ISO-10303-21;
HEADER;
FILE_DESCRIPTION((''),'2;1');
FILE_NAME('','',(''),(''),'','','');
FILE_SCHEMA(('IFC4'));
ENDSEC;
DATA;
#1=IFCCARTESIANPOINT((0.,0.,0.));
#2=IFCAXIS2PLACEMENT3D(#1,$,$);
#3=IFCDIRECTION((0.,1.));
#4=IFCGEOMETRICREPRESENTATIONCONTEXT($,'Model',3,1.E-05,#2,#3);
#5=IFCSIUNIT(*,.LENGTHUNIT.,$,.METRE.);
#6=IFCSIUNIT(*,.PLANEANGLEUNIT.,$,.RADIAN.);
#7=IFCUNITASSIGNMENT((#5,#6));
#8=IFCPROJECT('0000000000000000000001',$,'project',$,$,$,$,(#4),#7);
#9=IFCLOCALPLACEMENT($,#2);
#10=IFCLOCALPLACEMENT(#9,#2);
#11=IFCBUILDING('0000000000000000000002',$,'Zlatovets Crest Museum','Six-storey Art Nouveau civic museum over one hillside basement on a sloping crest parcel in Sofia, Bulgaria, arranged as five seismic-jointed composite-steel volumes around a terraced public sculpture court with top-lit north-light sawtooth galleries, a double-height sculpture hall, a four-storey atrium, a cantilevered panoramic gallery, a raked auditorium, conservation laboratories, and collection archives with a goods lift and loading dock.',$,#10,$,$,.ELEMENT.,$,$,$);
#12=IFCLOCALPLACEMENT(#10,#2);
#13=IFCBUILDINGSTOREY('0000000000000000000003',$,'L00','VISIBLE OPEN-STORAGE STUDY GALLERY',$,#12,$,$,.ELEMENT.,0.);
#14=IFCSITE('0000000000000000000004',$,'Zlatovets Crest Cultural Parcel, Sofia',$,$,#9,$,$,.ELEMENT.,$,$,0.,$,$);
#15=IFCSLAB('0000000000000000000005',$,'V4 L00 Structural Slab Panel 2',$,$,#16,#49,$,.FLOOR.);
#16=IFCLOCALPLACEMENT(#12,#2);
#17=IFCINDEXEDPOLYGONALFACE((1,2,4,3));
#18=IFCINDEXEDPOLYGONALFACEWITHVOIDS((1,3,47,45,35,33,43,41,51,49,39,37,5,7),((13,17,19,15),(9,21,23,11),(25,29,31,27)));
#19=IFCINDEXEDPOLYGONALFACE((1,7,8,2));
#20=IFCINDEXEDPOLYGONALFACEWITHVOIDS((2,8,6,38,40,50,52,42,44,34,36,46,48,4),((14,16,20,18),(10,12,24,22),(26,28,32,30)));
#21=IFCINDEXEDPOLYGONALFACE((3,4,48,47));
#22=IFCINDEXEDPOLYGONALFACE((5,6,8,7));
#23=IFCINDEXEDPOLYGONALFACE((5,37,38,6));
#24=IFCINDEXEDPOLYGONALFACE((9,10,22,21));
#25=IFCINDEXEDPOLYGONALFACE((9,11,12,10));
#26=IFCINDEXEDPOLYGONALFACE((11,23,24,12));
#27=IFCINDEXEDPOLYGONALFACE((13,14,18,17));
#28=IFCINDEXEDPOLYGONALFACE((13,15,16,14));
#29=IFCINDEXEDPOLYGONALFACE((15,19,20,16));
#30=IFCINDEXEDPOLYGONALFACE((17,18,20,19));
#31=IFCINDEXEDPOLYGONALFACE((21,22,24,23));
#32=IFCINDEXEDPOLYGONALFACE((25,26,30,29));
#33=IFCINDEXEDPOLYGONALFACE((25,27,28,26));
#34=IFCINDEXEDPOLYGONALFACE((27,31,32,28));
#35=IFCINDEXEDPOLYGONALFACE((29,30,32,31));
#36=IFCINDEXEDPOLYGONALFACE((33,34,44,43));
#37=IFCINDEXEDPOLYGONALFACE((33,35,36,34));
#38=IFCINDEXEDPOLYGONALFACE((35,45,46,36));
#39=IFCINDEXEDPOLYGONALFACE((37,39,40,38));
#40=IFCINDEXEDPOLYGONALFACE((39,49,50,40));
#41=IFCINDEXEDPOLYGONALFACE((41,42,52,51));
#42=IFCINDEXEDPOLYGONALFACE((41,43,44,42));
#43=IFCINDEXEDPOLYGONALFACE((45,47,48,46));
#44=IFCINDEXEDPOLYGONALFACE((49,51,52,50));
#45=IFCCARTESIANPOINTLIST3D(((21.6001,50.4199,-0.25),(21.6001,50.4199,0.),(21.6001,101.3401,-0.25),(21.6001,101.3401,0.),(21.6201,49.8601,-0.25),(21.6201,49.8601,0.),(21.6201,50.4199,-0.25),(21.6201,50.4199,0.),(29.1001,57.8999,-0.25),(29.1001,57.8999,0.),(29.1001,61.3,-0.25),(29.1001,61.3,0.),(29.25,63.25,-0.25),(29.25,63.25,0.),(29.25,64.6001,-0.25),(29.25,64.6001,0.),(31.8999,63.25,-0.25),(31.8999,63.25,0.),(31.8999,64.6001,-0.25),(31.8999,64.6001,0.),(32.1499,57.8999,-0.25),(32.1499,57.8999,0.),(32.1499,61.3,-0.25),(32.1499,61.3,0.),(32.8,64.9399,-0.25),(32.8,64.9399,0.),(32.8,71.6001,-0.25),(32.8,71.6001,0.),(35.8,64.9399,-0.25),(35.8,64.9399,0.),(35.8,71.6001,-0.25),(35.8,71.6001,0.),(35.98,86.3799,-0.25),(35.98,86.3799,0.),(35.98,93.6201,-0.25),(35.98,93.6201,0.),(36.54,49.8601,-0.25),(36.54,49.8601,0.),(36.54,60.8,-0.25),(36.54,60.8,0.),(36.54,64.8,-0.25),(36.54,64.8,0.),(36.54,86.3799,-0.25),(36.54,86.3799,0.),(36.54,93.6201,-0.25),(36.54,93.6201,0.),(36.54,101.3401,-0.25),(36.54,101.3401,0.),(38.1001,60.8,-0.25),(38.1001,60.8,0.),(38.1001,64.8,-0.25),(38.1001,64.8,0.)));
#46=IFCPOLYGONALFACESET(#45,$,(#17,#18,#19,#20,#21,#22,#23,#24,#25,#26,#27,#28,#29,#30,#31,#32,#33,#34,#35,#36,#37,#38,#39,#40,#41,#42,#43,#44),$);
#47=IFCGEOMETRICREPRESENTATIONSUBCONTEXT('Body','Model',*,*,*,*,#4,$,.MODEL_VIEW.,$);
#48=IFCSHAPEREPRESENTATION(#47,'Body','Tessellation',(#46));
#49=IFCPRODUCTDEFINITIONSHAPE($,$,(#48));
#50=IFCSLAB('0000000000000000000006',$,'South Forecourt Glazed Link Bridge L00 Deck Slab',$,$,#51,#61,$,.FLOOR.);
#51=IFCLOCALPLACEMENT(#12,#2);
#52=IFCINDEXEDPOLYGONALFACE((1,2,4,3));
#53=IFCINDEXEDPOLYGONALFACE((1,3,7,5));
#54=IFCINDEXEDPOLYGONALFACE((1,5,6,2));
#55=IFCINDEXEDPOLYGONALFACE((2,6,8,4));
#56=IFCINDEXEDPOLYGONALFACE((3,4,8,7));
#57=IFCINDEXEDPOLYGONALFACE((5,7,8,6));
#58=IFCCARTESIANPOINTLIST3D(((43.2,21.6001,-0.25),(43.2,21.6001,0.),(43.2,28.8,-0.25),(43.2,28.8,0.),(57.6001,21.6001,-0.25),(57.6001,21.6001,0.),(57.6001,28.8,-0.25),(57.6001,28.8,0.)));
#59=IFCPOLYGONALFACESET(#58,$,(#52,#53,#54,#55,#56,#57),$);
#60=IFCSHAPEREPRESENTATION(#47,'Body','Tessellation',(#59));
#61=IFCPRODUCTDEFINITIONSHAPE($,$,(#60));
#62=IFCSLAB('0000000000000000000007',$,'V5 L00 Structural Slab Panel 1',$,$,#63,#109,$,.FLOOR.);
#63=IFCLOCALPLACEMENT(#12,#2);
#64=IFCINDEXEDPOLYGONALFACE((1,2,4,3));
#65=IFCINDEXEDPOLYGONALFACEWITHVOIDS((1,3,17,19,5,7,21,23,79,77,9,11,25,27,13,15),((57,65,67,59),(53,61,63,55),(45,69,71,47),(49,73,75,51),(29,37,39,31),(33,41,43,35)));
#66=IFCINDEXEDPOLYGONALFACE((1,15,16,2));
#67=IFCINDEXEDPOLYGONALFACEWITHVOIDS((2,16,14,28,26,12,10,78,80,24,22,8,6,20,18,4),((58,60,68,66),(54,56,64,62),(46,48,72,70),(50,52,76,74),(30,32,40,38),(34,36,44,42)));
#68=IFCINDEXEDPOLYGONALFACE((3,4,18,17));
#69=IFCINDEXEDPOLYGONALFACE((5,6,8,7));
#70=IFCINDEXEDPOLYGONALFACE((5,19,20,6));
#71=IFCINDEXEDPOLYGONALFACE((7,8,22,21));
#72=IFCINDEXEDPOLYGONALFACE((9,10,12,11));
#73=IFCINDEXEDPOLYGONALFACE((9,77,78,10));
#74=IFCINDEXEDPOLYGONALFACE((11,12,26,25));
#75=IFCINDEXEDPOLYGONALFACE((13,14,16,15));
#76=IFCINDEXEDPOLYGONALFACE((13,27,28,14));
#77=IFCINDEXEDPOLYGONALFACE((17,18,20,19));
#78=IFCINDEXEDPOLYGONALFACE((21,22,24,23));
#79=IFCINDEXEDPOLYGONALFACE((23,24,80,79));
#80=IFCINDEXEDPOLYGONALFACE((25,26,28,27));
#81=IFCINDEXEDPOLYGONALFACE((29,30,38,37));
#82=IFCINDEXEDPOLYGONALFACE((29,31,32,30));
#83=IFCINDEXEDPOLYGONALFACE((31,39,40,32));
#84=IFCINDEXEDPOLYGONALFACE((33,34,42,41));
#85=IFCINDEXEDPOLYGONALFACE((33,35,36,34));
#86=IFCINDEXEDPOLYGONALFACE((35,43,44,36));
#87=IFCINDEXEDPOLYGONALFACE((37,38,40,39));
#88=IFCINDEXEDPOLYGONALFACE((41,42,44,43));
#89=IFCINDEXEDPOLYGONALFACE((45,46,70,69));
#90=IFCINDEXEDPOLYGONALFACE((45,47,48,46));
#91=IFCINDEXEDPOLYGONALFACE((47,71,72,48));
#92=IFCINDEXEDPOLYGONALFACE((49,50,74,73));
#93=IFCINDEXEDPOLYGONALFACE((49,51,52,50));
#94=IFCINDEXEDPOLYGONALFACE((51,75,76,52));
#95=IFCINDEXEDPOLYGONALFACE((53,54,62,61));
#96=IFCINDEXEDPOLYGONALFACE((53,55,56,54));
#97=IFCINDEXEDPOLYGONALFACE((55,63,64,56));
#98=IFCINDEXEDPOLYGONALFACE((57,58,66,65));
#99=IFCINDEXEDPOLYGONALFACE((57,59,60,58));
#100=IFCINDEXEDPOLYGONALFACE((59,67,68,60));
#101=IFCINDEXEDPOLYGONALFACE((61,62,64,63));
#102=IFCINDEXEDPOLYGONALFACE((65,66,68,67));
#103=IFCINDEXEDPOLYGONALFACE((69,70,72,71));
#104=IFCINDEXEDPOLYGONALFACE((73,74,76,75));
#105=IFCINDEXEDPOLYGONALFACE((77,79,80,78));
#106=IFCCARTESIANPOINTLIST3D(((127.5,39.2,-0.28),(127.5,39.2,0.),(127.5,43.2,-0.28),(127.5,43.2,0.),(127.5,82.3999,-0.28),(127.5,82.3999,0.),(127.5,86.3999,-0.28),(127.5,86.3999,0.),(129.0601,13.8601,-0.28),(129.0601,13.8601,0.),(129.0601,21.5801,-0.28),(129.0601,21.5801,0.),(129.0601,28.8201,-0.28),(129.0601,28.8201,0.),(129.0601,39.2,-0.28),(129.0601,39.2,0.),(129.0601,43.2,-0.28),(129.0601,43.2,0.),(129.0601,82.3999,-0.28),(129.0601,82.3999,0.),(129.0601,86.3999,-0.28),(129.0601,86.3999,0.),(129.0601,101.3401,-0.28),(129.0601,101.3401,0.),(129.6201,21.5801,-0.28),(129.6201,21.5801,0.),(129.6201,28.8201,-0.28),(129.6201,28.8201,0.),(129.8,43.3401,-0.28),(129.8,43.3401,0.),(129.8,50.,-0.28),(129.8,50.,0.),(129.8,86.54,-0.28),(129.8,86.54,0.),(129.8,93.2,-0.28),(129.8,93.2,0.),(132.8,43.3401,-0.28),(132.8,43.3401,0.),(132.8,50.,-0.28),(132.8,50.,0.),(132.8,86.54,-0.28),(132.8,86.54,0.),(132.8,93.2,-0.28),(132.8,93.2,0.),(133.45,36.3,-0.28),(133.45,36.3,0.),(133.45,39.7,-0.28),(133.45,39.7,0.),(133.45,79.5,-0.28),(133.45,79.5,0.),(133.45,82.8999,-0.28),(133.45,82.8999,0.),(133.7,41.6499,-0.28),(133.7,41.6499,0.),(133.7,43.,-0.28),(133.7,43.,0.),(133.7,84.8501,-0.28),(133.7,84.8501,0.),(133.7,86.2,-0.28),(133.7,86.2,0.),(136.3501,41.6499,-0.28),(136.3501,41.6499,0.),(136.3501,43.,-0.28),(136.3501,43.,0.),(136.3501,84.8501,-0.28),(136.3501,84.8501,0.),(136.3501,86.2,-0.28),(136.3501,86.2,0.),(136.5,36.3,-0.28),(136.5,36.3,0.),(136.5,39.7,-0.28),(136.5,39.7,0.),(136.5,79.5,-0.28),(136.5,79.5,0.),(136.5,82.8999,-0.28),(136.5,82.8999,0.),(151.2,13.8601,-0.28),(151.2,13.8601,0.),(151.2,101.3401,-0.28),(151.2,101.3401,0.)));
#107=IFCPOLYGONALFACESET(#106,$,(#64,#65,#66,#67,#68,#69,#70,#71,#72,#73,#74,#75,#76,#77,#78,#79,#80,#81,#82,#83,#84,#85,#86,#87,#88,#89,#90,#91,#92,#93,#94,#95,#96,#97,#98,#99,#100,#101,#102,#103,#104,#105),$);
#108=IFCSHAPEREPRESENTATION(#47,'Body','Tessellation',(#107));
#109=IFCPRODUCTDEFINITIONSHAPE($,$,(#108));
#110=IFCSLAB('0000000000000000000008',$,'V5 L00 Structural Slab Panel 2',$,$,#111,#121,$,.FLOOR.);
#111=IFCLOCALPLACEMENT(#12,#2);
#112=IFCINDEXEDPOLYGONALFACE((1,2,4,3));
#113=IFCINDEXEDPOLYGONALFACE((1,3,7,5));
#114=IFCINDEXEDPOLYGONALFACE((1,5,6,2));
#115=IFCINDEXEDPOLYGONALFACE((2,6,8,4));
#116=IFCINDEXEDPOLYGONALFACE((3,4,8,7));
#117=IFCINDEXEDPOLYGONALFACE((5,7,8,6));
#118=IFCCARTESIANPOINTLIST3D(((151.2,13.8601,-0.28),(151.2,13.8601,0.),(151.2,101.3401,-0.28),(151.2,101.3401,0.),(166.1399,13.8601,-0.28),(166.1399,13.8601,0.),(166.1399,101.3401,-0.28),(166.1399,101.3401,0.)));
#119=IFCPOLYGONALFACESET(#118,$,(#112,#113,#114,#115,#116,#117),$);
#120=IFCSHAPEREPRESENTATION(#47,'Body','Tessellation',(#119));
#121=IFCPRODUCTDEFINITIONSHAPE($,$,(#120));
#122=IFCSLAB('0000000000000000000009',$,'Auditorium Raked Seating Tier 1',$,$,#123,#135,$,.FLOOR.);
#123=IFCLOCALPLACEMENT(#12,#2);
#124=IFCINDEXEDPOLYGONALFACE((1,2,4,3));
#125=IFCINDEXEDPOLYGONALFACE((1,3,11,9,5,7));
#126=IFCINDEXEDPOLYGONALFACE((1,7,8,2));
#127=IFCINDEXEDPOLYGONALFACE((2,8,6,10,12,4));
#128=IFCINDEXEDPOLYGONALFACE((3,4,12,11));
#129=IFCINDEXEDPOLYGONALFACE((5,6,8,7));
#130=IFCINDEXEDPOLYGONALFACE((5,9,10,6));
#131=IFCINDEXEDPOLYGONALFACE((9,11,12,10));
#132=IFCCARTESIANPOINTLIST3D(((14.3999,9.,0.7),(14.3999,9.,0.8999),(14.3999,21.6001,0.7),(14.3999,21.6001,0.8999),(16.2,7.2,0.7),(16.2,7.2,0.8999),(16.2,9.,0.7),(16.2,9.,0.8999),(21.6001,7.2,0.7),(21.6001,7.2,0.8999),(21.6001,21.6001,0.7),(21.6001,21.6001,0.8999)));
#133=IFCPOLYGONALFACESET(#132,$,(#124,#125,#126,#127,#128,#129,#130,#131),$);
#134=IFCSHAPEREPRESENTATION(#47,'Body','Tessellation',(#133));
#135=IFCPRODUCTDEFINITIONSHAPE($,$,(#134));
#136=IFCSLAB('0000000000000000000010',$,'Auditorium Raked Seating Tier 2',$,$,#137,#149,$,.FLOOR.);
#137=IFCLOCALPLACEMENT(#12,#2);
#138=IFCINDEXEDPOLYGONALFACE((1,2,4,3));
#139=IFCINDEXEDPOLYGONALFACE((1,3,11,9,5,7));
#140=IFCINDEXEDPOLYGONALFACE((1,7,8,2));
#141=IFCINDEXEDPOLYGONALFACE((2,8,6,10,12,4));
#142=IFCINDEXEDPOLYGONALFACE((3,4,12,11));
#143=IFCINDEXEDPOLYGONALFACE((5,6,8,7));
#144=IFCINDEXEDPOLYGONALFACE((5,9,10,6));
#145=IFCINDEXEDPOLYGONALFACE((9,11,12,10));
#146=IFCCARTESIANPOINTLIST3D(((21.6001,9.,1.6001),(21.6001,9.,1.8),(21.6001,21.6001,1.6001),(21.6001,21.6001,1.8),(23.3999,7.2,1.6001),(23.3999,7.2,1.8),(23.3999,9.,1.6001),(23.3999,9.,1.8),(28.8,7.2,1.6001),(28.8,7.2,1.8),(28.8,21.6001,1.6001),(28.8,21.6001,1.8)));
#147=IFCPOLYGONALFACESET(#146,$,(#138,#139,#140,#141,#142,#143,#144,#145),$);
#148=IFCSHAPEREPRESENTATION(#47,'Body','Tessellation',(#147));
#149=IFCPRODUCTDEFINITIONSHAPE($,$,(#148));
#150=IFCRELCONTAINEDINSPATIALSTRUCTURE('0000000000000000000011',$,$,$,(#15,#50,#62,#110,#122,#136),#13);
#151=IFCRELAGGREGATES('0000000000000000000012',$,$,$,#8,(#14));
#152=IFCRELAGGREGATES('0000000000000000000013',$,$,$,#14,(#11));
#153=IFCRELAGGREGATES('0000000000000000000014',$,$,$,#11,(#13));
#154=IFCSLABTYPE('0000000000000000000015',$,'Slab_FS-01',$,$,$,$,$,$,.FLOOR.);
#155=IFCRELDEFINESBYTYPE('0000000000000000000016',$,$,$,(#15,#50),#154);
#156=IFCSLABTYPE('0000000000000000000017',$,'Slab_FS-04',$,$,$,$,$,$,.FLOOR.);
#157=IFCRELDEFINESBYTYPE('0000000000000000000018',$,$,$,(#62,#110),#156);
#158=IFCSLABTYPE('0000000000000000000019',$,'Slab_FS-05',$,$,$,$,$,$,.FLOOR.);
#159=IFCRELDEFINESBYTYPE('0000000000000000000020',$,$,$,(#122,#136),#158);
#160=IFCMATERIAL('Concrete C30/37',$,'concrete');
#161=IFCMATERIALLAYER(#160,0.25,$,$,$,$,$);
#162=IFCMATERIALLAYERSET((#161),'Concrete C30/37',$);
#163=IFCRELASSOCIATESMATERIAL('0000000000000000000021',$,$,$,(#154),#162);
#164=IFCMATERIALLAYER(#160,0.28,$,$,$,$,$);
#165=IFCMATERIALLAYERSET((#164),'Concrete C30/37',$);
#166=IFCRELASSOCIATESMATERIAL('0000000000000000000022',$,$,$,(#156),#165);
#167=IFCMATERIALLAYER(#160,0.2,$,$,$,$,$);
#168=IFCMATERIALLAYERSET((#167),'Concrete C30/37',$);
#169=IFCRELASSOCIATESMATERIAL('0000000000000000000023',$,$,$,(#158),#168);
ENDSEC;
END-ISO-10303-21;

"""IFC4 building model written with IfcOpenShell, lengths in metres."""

from ifc_helpers import new_model, si_unit, direction, frame, origin, place, context, subcontext, project, spatial, polyline, outline, extrude, material, layer, layer_set, type_object, element, save


model = new_model("IFC4")

# Units and contexts
model_context = context("Model", 3, precision=1e-05, world=origin(), true_north=direction((0.0, 1.0)))
body_context = subcontext(model_context, "Body", "Model", "MODEL_VIEW")
ifc_project = project(units=[si_unit("LENGTHUNIT", "METRE"), si_unit("PLANEANGLEUNIT", "RADIAN")], contexts=[model_context])

# Site, building, storey
site_placement = place(None, origin())
site = spatial("IfcSite", under=ifc_project, at=site_placement, Name="Zlatovets Crest Cultural Parcel, Sofia", CompositionType="ELEMENT", RefElevation=0.0)
building_placement = place(site_placement, origin())
building = spatial("IfcBuilding", under=site, at=building_placement, Name="Zlatovets Crest Museum", Description="Six-storey Art Nouveau civic museum over one hillside basement on a sloping crest parcel in Sofia, Bulgaria, arranged as five seismic-jointed composite-steel volumes around a terraced public sculpture court with top-lit north-light sawtooth galleries, a double-height sculpture hall, a four-storey atrium, a cantilevered panoramic gallery, a raked auditorium, conservation laboratories, and collection archives with a goods lift and loading dock.", CompositionType="ELEMENT")
storey_placement = place(building_placement, origin())
storey = spatial("IfcBuildingStorey", under=building, at=storey_placement, Name="L00", Description="VISIBLE OPEN-STORAGE STUDY GALLERY", CompositionType="ELEMENT", Elevation=0.0)

# Slabs
ifc_material_1 = material(Name="Concrete C30/37", Category="concrete")
ifc_layer_1 = layer(ifc_material_1, 0.25)
ifc_layer_set_1 = layer_set([ifc_layer_1], Name="Concrete C30/37")
slab_type_1 = type_object("IfcSlabType", Name="Slab_FS-01", PredefinedType="FLOOR", material=ifc_layer_set_1)
slab_1_placement = place(storey_placement, frame((0.0, 0.0, -0.25)))
element("IfcSlab", 1, at=slab_1_placement, inside=storey, type_object=slab_type_1, Name="V4 L00 Structural Slab Panel 2", PredefinedType="FLOOR", context=body_context, shape_type="SweptSolid", body=[
    extrude(outline(polyline([(36.54, 93.6201), (35.98, 93.6201), (35.98, 86.3799), (36.54, 86.3799), (36.54, 64.8), (38.1001, 64.8), (38.1001, 60.8), (36.54, 60.8), (36.54, 49.8601), (21.6201, 49.8601), (21.6201, 50.4199), (21.6001, 50.4199), (21.6001, 101.3401), (36.54, 101.3401), (36.54, 93.6201)]), holes=[polyline([(32.8, 64.9399), (35.8, 64.9399), (35.8, 71.6001), (32.8, 71.6001), (32.8, 64.9399)]), polyline([(29.1001, 61.3), (29.1001, 57.8999), (32.1499, 57.8999), (32.1499, 61.3), (29.1001, 61.3)]), polyline([(31.8999, 64.6001), (29.25, 64.6001), (29.25, 63.25), (31.8999, 63.25), (31.8999, 64.6001)])]), origin(), (0.0, 0.0, 1.0), 0.25),
])
slab_2_placement = place(storey_placement, frame((0.0, 0.0, -0.25)))
element("IfcSlab", 2, at=slab_2_placement, inside=storey, type_object=slab_type_1, Name="South Forecourt Glazed Link Bridge L00 Deck Slab", PredefinedType="FLOOR", context=body_context, shape_type="SweptSolid", body=[
    extrude(outline(polyline([(57.6001, 21.6001), (57.6001, 28.8), (43.2, 28.8), (43.2, 21.6001), (57.6001, 21.6001)])), origin(), (0.0, 0.0, 1.0), 0.25),
])
ifc_layer_2 = layer(ifc_material_1, 0.28)
ifc_layer_set_2 = layer_set([ifc_layer_2], Name="Concrete C30/37")
slab_type_2 = type_object("IfcSlabType", Name="Slab_FS-04", PredefinedType="FLOOR", material=ifc_layer_set_2)
slab_3_placement = place(storey_placement, frame((0.0, 0.0, -0.28)))
element("IfcSlab", 3, at=slab_3_placement, inside=storey, type_object=slab_type_2, Name="V5 L00 Structural Slab Panel 1", PredefinedType="FLOOR", context=body_context, shape_type="SweptSolid", body=[
    extrude(outline(polyline([(129.6201, 28.8201), (129.0601, 28.8201), (129.0601, 39.2), (127.5, 39.2), (127.5, 43.2), (129.0601, 43.2), (129.0601, 82.3999), (127.5, 82.3999), (127.5, 86.3999), (129.0601, 86.3999), (129.0601, 101.3401), (151.2, 101.3401), (151.2, 13.8601), (129.0601, 13.8601), (129.0601, 21.5801), (129.6201, 21.5801), (129.6201, 28.8201)]), holes=[polyline([(129.8, 50.0), (129.8, 43.3401), (132.8, 43.3401), (132.8, 50.0), (129.8, 50.0)]), polyline([(132.8, 93.2), (129.8, 93.2), (129.8, 86.54), (132.8, 86.54), (132.8, 93.2)]), polyline([(136.5, 36.3), (136.5, 39.7), (133.45, 39.7), (133.45, 36.3), (136.5, 36.3)]), polyline([(133.7, 41.6499), (136.3501, 41.6499), (136.3501, 43.0), (133.7, 43.0), (133.7, 41.6499)]), polyline([(133.45, 82.8999), (133.45, 79.5), (136.5, 79.5), (136.5, 82.8999), (133.45, 82.8999)]), polyline([(136.3501, 86.2), (133.7, 86.2), (133.7, 84.8501), (136.3501, 84.8501), (136.3501, 86.2)])]), origin(), (0.0, 0.0, 1.0), 0.28),
])
slab_4_placement = place(storey_placement, frame((0.0, 0.0, -0.28)))
element("IfcSlab", 4, at=slab_4_placement, inside=storey, type_object=slab_type_2, Name="V5 L00 Structural Slab Panel 2", PredefinedType="FLOOR", context=body_context, shape_type="SweptSolid", body=[
    extrude(outline(polyline([(151.2, 13.8601), (151.2, 101.3401), (166.1399, 101.3401), (166.1399, 13.8601), (151.2, 13.8601)])), origin(), (0.0, 0.0, 1.0), 0.28),
])
ifc_layer_3 = layer(ifc_material_1, 0.2)
ifc_layer_set_3 = layer_set([ifc_layer_3], Name="Concrete C30/37")
slab_type_3 = type_object("IfcSlabType", Name="Slab_FS-05", PredefinedType="FLOOR", material=ifc_layer_set_3)
slab_5_placement = place(storey_placement, frame((0.0, 0.0, 0.7)))
element("IfcSlab", 5, at=slab_5_placement, inside=storey, type_object=slab_type_3, Name="Auditorium Raked Seating Tier 1", PredefinedType="FLOOR", context=body_context, shape_type="SweptSolid", body=[
    extrude(outline(polyline([(14.3999, 21.6001), (21.6001, 21.6001), (21.6001, 7.2), (16.2, 7.2), (16.2, 9.0), (14.3999, 9.0), (14.3999, 21.6001)])), origin(), (0.0, 0.0, 1.0), 0.2),
])
slab_6_placement = place(storey_placement, frame((0.0, 0.0, 1.6001)))
element("IfcSlab", 6, at=slab_6_placement, inside=storey, type_object=slab_type_3, Name="Auditorium Raked Seating Tier 2", PredefinedType="FLOOR", context=body_context, shape_type="SweptSolid", body=[
    extrude(outline(polyline([(21.6001, 21.6001), (28.8, 21.6001), (28.8, 7.2), (23.3999, 7.2), (23.3999, 9.0), (21.6001, 9.0), (21.6001, 21.6001)])), origin(), (0.0, 0.0, 1.0), 0.2),
])

save(model, "model.ifc")
